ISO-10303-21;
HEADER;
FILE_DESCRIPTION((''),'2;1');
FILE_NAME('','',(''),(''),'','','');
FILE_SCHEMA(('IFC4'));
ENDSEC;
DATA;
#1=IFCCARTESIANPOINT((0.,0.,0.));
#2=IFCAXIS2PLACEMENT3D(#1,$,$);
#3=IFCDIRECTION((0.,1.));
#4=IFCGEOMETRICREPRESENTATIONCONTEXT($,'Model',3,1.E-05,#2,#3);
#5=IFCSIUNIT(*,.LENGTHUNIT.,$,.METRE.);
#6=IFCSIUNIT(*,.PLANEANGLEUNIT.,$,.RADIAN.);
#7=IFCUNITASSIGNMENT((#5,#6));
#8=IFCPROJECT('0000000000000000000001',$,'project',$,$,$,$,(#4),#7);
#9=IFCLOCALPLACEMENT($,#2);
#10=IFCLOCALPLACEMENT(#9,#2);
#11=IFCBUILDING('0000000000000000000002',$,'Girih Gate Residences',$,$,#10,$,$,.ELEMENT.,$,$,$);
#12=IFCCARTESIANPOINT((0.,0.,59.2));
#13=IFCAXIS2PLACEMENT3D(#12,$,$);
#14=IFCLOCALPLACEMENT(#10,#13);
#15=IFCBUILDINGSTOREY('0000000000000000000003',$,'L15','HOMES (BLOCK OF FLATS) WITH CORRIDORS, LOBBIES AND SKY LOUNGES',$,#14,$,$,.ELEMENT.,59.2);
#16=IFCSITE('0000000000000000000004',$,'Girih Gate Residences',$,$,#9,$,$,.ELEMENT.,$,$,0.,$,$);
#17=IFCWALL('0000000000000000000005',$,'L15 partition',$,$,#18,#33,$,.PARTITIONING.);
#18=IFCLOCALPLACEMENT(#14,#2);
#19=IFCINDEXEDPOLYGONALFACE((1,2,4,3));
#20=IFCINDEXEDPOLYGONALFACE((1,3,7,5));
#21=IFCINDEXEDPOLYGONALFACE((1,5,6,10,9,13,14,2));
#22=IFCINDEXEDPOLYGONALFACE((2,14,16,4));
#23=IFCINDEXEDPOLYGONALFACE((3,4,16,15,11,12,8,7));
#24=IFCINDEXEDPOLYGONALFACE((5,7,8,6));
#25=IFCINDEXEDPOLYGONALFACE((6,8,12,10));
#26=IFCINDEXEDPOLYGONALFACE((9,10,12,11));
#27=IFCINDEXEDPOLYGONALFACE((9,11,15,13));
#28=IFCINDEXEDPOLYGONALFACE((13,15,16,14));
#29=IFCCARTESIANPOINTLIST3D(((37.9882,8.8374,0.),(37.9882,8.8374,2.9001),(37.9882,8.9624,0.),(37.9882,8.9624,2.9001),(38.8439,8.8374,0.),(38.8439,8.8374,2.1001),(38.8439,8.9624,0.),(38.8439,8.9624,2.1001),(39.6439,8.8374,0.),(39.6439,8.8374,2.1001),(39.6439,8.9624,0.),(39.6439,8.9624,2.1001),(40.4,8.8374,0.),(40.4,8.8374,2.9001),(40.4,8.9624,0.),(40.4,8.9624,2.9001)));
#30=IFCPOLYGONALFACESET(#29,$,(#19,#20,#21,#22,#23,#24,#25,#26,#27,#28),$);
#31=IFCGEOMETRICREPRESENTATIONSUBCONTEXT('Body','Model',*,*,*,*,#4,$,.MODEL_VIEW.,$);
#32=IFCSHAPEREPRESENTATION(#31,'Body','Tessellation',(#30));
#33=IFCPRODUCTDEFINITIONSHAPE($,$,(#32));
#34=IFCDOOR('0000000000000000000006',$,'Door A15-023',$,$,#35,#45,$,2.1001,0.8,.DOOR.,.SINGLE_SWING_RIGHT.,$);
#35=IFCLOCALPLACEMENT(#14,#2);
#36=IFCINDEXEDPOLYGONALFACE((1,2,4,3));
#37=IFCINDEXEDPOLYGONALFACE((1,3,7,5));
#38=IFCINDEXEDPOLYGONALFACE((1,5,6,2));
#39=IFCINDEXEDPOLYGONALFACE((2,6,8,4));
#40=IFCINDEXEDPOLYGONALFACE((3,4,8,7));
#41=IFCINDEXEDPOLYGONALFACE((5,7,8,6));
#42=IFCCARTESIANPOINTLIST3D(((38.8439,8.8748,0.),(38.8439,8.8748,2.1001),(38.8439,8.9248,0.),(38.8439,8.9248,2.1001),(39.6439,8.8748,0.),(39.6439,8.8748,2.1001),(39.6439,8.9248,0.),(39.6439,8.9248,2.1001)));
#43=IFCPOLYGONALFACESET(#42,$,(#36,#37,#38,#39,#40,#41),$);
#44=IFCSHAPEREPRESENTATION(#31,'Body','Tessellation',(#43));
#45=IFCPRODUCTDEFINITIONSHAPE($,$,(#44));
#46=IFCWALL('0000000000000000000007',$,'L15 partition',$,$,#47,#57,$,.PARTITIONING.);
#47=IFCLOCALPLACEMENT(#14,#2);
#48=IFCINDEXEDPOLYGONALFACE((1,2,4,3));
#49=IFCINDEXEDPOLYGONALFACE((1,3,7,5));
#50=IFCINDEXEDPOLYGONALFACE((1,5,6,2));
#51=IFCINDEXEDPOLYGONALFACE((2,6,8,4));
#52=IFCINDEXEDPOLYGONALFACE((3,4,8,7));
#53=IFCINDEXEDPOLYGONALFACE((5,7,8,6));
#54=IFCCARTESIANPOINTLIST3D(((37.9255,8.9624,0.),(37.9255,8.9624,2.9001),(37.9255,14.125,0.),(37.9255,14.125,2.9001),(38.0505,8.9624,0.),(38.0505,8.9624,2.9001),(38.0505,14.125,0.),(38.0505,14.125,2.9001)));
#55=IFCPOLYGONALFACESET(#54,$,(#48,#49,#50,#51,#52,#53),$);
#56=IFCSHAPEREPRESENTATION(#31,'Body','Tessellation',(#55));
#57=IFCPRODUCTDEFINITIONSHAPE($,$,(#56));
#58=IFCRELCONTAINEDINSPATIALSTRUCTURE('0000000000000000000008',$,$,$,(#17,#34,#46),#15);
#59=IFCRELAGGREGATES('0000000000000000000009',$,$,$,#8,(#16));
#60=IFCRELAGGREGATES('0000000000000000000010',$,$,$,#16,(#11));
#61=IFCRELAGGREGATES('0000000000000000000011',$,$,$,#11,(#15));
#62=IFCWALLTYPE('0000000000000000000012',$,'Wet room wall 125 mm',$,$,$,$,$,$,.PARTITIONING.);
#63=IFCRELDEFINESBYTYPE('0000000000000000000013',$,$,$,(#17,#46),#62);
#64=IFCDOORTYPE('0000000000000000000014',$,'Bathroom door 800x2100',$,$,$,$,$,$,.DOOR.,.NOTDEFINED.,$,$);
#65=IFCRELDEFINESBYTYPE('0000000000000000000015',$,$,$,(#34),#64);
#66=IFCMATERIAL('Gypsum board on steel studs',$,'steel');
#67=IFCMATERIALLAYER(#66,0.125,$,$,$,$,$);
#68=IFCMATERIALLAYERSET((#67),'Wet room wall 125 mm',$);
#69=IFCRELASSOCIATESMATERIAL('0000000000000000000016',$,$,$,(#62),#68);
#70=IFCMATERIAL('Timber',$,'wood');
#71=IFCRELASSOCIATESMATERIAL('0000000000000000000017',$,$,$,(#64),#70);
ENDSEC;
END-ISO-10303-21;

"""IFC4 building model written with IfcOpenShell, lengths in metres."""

from ifc_helpers import new_model, si_unit, direction, frame, frame_2d, origin, place, context, subcontext, project, spatial, rectangle, extrude, material, layer, layer_set, type_object, element, fill, save


model = new_model("IFC4")

# Units and contexts
model_context = context("Model", 3, precision=1e-05, world=origin(), true_north=direction((0.0, 1.0)))
body_context = subcontext(model_context, "Body", "Model", "MODEL_VIEW")
ifc_project = project(units=[si_unit("LENGTHUNIT", "METRE"), si_unit("PLANEANGLEUNIT", "RADIAN")], contexts=[model_context])

# Site, building, storey
site_placement = place(None, origin())
site = spatial("IfcSite", under=ifc_project, at=site_placement, Name="Girih Gate Residences", CompositionType="ELEMENT", RefElevation=0.0)
building_placement = place(site_placement, origin())
building = spatial("IfcBuilding", under=site, at=building_placement, Name="Girih Gate Residences", CompositionType="ELEMENT")
storey_placement = place(building_placement, frame((0.0, 0.0, 59.2)))
storey = spatial("IfcBuildingStorey", under=building, at=storey_placement, Name="L15", Description="HOMES (BLOCK OF FLATS) WITH CORRIDORS, LOBBIES AND SKY LOUNGES", CompositionType="ELEMENT", Elevation=59.2)

# Shared definitions
ifc_material_1 = material(Name="Gypsum board on steel studs", Category="steel")

# Shared definitions
ifc_material_2 = material(Name="Timber", Category="wood")

# Wall, opening, door
ifc_layer_1 = layer(ifc_material_1, 0.125)
ifc_layer_set_1 = layer_set([ifc_layer_1], Name="Wet room wall 125 mm")
wall_type_1 = type_object("IfcWallType", Name="Wet room wall 125 mm", PredefinedType="PARTITIONING", material=ifc_layer_set_1)
wall_1_placement = place(storey_placement, frame((37.988, 8.8999, 0.0), z_axis=(0.0, 0.0, 1.0), x_axis=(1.0, 0.0, 0.0)))
wall_1 = element("IfcWall", 1, at=wall_1_placement, inside=storey, type_object=wall_type_1, Name="L15 partition", PredefinedType="PARTITIONING", context=body_context, shape_type="SweptSolid", body=[
    extrude(rectangle(XDim=2.4119, YDim=0.125, at=frame_2d((1.2061, 0.0))), origin(), (0.0, 0.0, 1.0), 2.9001),
])
opening_1_placement = place(wall_1_placement, frame((0.856, 0.0, 0.0)))
opening_1 = element("IfcOpeningElement", 2, at=opening_1_placement, cuts=wall_1, PredefinedType="OPENING", context=body_context, shape_type="SweptSolid", body=[
    extrude(rectangle(XDim=0.8, YDim=2.1001, at=frame_2d((0.3999, 1.05))), frame((0.0, 0.0725, 0.0), z_axis=(0.0, -1.0, 0.0), x_axis=(1.0, 0.0, 0.0)), (0.0, 0.0, 1.0), 0.145),
])
door_type_1 = type_object("IfcDoorType", Name="Bathroom door 800x2100", OperationType="NOTDEFINED", PredefinedType="DOOR", material=ifc_material_2)
door_1_placement = place(opening_1_placement, origin())
door_1 = element("IfcDoor", 3, at=door_1_placement, inside=storey, type_object=door_type_1, Name="Door A15-023", OperationType="SINGLE_SWING_RIGHT", OverallHeight=2.1001, OverallWidth=0.8, PredefinedType="DOOR", context=body_context, shape_type="SweptSolid", body=[
    extrude(rectangle(XDim=0.8, YDim=2.1001, at=frame_2d((0.3999, 1.05))), frame((0.0, 0.0249, 0.0), z_axis=(0.0, -1.0, 0.0), x_axis=(1.0, 0.0, 0.0)), (0.0, 0.0, 1.0), 0.05),
])
fill(opening_1, door_1)

# Wall
wall_2_placement = place(storey_placement, frame((37.988, 8.9624, 0.0), z_axis=(0.0, 0.0, 1.0), x_axis=(0.0, 1.0, 0.0)))
element("IfcWall", 4, at=wall_2_placement, inside=storey, type_object=wall_type_1, Name="L15 partition", PredefinedType="PARTITIONING", context=body_context, shape_type="SweptSolid", body=[
    extrude(rectangle(XDim=5.1626, YDim=0.125, at=frame_2d((2.5813, 0.0))), origin(), (0.0, 0.0, 1.0), 2.9001),
])

save(model, "model.ifc")
